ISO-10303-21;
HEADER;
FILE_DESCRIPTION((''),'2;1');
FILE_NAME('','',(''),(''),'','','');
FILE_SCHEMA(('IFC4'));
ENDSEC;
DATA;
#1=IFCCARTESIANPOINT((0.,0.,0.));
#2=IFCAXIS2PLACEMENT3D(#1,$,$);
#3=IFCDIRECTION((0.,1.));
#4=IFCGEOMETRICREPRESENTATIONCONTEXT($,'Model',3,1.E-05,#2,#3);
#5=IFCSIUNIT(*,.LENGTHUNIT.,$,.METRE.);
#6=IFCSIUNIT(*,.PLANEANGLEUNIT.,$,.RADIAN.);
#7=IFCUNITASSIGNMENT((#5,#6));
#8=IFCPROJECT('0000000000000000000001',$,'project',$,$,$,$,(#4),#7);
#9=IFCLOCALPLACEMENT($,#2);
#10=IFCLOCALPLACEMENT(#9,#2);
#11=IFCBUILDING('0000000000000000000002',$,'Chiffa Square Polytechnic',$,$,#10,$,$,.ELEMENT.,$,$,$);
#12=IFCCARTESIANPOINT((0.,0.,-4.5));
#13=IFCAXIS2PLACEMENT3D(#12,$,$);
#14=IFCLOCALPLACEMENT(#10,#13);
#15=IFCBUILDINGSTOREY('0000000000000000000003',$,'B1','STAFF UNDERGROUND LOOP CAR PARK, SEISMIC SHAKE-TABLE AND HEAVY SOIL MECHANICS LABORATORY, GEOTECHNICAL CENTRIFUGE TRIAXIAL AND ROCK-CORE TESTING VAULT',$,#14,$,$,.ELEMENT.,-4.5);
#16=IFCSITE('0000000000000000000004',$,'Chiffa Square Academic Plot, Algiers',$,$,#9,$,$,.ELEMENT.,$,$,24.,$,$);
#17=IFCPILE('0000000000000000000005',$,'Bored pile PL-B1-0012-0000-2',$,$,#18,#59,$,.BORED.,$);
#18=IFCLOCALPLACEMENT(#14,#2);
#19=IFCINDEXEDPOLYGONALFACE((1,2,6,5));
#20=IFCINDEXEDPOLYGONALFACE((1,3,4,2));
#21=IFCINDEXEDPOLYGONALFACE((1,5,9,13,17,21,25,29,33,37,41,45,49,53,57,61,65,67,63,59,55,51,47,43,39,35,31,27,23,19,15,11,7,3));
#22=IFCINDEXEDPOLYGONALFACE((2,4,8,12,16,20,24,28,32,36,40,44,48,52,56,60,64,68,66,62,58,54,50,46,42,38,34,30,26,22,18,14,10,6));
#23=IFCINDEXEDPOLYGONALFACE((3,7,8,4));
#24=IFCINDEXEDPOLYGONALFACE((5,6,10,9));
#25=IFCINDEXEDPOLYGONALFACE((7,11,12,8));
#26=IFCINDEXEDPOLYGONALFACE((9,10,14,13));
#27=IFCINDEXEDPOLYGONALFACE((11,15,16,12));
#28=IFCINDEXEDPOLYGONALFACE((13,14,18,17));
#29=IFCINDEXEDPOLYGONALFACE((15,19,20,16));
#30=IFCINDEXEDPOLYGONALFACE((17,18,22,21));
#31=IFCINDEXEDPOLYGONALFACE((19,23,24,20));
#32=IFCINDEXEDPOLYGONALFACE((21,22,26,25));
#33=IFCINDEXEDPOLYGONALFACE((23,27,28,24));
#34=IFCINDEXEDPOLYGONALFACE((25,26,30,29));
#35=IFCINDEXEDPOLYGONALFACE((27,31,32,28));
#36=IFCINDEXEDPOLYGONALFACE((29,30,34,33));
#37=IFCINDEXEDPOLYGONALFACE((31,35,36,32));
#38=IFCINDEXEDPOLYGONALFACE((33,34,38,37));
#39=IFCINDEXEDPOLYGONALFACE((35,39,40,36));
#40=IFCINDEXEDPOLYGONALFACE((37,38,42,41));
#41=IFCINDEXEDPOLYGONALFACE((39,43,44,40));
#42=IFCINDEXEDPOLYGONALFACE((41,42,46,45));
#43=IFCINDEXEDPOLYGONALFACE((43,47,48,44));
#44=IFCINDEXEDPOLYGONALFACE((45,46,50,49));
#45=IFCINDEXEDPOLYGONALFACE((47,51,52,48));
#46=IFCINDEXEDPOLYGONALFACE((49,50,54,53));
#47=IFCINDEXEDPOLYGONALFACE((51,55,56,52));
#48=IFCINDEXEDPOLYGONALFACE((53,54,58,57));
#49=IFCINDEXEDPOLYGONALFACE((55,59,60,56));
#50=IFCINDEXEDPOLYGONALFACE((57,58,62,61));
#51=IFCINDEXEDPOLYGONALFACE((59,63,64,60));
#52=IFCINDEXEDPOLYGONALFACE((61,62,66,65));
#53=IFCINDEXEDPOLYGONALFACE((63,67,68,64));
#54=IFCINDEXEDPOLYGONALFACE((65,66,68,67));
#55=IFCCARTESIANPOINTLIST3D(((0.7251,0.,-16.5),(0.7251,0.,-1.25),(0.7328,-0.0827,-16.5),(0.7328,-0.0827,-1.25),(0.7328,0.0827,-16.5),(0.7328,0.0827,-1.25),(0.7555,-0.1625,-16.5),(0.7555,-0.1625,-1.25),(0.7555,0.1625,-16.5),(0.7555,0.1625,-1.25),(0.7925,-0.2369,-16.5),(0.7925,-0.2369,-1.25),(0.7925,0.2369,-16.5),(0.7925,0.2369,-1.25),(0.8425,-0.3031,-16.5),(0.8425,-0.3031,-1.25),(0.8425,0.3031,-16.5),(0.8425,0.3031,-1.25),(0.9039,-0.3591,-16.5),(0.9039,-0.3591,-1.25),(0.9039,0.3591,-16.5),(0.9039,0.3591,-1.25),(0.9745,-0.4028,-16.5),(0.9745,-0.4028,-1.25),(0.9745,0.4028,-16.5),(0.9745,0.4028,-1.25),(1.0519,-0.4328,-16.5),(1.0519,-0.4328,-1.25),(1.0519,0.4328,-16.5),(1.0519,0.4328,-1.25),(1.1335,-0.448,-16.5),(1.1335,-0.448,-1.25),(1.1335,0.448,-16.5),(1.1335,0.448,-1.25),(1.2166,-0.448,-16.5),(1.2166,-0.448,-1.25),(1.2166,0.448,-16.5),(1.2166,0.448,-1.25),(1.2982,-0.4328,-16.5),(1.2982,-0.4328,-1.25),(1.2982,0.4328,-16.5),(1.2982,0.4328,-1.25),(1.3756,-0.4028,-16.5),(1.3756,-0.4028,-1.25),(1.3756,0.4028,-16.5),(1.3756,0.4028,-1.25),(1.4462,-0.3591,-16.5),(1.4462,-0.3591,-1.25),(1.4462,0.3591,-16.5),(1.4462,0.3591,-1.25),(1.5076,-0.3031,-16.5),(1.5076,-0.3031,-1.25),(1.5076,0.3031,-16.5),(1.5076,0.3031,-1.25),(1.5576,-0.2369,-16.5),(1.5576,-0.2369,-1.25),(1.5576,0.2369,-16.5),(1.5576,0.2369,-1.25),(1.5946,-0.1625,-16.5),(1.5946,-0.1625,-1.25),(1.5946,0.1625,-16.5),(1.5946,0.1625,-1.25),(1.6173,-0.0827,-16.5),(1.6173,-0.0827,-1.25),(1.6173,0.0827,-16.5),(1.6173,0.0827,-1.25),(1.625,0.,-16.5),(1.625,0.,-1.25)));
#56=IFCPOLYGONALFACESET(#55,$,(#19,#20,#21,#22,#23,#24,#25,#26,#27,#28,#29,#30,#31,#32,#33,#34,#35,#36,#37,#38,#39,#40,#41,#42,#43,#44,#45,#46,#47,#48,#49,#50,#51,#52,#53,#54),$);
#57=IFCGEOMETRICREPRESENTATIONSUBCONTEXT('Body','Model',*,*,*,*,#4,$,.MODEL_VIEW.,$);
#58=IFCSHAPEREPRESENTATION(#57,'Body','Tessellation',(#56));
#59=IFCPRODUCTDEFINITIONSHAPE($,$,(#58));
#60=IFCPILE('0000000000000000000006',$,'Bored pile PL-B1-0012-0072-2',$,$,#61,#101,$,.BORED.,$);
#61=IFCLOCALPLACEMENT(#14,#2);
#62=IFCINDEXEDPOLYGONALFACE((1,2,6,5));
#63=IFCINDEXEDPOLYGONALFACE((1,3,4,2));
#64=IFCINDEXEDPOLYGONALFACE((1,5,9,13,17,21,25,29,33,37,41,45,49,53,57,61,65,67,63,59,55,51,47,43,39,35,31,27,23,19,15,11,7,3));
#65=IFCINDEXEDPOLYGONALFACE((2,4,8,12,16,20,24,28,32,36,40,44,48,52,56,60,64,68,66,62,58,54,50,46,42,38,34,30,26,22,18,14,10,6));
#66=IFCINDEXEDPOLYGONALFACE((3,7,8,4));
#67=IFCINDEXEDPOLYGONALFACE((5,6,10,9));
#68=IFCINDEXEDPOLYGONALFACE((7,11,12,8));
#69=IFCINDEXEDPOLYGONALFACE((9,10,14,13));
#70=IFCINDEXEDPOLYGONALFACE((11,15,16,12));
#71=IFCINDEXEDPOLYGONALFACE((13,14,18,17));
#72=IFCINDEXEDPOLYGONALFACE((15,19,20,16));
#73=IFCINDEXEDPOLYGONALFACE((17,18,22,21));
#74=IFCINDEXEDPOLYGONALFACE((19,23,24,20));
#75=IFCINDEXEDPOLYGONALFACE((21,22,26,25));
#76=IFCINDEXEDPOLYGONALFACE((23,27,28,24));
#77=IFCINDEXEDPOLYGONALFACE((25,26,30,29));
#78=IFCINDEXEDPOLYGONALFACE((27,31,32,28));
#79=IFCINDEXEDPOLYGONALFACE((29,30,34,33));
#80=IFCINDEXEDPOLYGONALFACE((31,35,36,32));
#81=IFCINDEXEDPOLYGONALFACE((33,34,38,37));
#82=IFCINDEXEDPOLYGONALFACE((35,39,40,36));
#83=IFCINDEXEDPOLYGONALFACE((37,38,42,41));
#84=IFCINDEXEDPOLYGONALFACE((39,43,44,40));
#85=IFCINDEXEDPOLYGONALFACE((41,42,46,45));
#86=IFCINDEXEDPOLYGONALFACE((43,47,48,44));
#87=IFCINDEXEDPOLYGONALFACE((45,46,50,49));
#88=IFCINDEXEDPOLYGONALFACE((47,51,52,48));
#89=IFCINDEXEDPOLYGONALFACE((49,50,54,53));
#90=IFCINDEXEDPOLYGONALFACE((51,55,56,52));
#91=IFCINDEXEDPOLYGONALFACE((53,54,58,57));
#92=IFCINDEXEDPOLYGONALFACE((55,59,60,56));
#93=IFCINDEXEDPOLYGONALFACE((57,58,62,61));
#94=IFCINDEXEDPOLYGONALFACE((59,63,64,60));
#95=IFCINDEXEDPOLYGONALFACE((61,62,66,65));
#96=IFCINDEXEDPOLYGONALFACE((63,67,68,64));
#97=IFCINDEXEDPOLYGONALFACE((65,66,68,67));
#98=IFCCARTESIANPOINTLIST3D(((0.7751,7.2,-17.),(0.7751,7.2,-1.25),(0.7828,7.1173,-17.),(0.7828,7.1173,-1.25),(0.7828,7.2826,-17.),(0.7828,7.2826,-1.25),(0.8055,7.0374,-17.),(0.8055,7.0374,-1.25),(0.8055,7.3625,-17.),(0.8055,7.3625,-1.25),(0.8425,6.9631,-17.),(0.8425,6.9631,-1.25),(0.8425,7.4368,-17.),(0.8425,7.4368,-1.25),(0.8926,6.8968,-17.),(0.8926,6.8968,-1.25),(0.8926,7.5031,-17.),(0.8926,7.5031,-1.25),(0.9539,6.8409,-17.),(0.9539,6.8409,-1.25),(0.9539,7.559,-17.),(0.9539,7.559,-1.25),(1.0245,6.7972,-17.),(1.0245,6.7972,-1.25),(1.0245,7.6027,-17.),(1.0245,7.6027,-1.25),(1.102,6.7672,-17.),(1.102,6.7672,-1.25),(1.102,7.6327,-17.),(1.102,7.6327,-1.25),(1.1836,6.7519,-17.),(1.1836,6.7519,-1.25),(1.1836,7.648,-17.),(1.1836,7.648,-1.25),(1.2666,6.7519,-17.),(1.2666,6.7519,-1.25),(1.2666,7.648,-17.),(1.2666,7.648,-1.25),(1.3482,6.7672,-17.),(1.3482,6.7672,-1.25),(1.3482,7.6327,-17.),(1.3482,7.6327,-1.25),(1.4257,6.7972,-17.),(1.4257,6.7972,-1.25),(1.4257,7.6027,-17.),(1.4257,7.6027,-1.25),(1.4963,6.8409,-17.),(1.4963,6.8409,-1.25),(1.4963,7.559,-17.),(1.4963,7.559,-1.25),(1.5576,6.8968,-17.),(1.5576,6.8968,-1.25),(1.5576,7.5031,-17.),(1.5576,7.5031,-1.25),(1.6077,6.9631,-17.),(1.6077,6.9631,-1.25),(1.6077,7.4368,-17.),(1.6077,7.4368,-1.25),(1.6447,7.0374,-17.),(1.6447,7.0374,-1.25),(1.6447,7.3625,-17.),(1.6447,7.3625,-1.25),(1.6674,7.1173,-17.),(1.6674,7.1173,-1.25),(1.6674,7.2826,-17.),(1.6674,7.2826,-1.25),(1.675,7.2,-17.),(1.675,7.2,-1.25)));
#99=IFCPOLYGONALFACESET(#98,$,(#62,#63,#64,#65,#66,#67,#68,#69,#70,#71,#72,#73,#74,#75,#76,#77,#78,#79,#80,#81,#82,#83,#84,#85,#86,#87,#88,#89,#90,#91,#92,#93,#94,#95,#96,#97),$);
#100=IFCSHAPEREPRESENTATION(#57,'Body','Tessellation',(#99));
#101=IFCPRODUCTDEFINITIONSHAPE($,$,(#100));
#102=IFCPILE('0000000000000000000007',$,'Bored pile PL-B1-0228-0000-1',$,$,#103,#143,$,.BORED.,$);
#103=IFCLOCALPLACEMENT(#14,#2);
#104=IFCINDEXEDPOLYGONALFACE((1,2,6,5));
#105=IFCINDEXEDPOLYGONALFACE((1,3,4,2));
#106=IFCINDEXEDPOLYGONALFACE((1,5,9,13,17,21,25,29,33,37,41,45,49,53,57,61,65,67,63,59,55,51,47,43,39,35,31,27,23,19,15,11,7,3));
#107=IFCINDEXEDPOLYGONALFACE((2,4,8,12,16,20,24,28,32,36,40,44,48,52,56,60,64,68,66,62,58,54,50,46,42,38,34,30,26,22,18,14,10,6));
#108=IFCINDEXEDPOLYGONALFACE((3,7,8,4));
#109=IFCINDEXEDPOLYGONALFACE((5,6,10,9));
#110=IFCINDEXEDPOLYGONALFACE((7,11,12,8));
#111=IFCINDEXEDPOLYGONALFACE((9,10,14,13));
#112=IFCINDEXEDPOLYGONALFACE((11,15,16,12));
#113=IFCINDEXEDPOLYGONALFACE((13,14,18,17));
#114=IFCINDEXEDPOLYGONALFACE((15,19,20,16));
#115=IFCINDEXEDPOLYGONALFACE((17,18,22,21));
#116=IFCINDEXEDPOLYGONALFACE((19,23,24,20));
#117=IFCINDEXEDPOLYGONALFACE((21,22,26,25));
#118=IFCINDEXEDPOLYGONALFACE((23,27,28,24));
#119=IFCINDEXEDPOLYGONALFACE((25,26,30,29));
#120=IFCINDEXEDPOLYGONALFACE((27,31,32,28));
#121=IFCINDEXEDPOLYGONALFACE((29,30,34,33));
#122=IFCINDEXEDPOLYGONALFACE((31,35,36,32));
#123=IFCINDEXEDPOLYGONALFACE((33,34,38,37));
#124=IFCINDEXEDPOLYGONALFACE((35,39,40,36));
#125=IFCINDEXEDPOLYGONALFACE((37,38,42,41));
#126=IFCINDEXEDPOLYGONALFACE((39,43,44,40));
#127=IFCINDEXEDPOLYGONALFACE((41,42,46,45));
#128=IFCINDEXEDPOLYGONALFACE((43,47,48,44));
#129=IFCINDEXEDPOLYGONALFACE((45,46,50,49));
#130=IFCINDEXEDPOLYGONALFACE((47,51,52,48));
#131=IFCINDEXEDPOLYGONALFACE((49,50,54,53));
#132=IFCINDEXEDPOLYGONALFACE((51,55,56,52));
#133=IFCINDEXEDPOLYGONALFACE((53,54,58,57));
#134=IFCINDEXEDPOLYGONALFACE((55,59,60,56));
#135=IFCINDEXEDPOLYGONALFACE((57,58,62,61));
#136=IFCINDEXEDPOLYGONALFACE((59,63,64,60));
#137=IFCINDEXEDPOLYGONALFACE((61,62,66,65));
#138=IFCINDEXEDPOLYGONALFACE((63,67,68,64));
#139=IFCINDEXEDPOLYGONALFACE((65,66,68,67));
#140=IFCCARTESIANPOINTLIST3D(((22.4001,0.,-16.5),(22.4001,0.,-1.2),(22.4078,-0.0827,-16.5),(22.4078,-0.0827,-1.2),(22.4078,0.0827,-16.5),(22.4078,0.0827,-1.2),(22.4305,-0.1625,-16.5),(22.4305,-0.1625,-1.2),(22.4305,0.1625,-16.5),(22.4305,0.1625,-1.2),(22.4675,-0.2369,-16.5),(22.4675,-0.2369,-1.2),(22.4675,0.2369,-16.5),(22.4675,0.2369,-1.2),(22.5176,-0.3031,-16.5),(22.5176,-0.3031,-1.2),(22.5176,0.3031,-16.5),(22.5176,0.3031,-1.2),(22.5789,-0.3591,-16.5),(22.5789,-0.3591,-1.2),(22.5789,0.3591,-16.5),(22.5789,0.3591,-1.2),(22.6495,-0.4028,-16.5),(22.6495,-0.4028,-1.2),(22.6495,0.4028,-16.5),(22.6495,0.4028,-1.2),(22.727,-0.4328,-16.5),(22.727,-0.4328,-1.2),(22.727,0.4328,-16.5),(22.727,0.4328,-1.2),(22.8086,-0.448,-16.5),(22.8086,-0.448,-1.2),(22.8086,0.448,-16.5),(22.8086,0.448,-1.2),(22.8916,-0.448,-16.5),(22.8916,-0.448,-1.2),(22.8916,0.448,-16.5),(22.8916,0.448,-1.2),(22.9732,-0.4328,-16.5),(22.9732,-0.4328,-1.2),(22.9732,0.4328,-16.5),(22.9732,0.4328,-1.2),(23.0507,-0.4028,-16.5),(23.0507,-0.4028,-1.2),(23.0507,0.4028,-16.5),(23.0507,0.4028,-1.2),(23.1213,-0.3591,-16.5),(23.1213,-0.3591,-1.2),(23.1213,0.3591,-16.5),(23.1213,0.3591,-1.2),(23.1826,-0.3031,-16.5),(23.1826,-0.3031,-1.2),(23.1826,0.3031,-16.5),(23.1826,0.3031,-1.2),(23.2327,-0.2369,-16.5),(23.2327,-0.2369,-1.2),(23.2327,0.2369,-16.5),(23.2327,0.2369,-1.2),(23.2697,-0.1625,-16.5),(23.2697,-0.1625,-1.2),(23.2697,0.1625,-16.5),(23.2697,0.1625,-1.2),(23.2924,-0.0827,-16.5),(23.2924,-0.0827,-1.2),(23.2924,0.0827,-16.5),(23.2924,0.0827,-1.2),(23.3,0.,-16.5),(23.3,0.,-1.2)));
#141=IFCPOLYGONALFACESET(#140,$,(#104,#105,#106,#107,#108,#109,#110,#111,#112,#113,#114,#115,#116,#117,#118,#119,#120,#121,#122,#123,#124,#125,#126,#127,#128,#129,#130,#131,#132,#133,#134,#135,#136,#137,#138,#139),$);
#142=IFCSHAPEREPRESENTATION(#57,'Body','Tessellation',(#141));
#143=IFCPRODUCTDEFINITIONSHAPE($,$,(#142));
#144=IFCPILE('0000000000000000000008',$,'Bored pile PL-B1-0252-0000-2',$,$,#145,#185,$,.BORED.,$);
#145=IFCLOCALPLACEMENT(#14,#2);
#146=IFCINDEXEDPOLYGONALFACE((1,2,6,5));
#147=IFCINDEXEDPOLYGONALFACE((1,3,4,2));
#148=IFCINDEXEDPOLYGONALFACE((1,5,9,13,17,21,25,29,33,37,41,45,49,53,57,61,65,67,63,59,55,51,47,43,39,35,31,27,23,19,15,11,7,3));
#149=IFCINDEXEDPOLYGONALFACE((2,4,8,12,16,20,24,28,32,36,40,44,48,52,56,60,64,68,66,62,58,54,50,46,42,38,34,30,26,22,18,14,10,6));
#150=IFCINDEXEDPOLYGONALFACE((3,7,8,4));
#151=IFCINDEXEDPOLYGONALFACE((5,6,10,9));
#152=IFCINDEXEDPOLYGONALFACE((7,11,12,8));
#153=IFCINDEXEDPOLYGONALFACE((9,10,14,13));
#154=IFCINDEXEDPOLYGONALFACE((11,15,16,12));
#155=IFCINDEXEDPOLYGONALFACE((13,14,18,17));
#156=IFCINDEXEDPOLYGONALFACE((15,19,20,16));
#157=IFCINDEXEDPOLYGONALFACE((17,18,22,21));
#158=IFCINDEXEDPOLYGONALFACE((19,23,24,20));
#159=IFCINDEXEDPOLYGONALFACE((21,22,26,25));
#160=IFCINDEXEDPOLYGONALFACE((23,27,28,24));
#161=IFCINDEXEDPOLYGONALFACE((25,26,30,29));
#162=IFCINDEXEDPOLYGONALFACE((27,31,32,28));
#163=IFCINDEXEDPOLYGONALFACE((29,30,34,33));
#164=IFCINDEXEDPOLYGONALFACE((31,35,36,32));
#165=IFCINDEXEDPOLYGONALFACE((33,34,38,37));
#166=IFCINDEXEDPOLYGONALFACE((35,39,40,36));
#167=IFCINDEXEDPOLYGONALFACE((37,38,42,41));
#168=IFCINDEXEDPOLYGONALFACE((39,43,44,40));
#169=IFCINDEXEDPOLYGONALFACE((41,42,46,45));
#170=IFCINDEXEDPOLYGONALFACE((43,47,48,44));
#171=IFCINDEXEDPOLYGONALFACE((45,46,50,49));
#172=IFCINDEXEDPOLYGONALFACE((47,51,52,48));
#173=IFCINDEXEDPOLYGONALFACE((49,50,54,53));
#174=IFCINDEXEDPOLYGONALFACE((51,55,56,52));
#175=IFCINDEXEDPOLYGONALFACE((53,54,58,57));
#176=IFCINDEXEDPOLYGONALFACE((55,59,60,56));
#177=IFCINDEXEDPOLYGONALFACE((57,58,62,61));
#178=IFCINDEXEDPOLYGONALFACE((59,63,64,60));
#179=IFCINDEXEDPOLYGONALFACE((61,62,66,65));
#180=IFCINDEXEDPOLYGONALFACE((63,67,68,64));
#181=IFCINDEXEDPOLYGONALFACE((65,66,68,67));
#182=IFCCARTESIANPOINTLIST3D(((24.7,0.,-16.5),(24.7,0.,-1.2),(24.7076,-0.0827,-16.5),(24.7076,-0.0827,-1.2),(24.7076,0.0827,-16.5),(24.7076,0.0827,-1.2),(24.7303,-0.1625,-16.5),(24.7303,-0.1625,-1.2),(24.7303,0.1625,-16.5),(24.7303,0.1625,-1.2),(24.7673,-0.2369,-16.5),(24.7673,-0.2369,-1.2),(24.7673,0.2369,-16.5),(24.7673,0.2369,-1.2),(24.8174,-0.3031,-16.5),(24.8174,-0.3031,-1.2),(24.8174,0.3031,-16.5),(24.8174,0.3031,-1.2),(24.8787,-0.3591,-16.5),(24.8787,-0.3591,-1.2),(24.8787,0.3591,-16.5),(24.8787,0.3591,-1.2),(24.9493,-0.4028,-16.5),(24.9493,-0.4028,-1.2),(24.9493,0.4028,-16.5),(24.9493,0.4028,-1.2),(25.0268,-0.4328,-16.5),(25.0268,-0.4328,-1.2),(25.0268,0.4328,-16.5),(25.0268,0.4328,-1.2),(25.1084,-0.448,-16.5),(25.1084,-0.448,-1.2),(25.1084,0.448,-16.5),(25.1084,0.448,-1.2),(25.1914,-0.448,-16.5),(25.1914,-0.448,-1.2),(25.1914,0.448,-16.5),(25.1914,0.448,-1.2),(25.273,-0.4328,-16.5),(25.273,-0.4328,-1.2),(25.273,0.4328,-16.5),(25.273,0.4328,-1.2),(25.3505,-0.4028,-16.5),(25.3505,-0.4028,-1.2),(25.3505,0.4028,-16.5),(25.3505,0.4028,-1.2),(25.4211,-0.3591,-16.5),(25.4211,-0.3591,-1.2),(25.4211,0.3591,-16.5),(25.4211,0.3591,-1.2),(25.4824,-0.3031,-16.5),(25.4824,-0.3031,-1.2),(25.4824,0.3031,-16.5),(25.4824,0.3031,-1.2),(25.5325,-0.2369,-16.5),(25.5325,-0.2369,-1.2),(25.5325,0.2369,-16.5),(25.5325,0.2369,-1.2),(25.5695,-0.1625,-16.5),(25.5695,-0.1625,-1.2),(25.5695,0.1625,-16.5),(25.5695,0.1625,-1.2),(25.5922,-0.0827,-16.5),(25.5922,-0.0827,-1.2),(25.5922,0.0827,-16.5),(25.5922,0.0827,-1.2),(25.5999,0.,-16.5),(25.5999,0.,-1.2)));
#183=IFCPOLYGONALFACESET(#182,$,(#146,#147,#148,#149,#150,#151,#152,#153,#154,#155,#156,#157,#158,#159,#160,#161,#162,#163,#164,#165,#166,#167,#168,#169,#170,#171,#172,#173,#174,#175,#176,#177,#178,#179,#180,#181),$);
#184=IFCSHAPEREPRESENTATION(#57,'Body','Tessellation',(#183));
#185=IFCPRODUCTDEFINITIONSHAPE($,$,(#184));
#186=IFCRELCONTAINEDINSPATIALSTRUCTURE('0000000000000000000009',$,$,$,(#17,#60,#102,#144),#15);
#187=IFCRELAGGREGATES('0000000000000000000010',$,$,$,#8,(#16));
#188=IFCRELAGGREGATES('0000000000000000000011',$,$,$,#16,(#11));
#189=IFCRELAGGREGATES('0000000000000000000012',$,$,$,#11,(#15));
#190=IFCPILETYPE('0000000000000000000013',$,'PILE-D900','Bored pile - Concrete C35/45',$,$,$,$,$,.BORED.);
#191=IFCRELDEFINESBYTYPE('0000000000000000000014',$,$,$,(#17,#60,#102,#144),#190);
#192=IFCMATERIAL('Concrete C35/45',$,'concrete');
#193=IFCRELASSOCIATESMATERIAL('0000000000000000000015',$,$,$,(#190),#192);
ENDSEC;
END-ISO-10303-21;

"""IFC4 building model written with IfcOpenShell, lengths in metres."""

from ifc_helpers import new_model, si_unit, direction, frame, origin, origin_2d, place, context, subcontext, project, spatial, circle, extrude, material, material_profile, profile_set, type_object, element, save


model = new_model("IFC4")

# Units and contexts
model_context = context("Model", 3, precision=1e-05, world=origin(), true_north=direction((0.0, 1.0)))
body_context = subcontext(model_context, "Body", "Model", "MODEL_VIEW")
ifc_project = project(units=[si_unit("LENGTHUNIT", "METRE"), si_unit("PLANEANGLEUNIT", "RADIAN")], contexts=[model_context])

# Site, building, storey
site_placement = place(None, origin())
site = spatial("IfcSite", under=ifc_project, at=site_placement, Name="Chiffa Square Academic Plot, Algiers", CompositionType="ELEMENT", RefElevation=24.0)
building_placement = place(site_placement, origin())
building = spatial("IfcBuilding", under=site, at=building_placement, Name="Chiffa Square Polytechnic", CompositionType="ELEMENT")
storey_placement = place(building_placement, frame((0.0, 0.0, -4.5)))
storey = spatial("IfcBuildingStorey", under=building, at=storey_placement, Name="B1", Description="STAFF UNDERGROUND LOOP CAR PARK, SEISMIC SHAKE-TABLE AND HEAVY SOIL MECHANICS LABORATORY, GEOTECHNICAL CENTRIFUGE TRIAXIAL AND ROCK-CORE TESTING VAULT", CompositionType="ELEMENT", Elevation=-4.5)

# Shared definitions
ifc_material = material(Name="Concrete C35/45", Category="concrete")

# Piles
ifc_material_profile_1 = material_profile(ifc_material, circle(Radius=0.45, at=origin_2d()), Name="PILE D900")
ifc_profile_set_1 = profile_set([ifc_material_profile_1], Name="Concrete C35/45")
pile_type_1 = type_object("IfcPileType", Name="PILE-D900", Description="Bored pile - Concrete C35/45", PredefinedType="BORED", material=ifc_profile_set_1)
pile_1_placement = place(storey_placement, frame((1.175, 0.0, -1.25), z_axis=(0.0, 0.0, -1.0), x_axis=(1.0, 0.0, 0.0)))
element("IfcPile", 1, at=pile_1_placement, inside=storey, type_object=pile_type_1, Name="Bored pile PL-B1-0012-0000-2", PredefinedType="BORED", context=body_context, shape_type="SweptSolid", body=[
    extrude(circle(Radius=0.45, at=origin_2d()), origin(), (0.0, 0.0, 1.0), 15.25),
])
pile_2_placement = place(storey_placement, frame((1.2251, 7.2, -1.25), z_axis=(0.0, 0.0, -1.0), x_axis=(1.0, 0.0, 0.0)))
element("IfcPile", 2, at=pile_2_placement, inside=storey, type_object=pile_type_1, Name="Bored pile PL-B1-0012-0072-2", PredefinedType="BORED", context=body_context, shape_type="SweptSolid", body=[
    extrude(circle(Radius=0.45, at=origin_2d()), origin(), (0.0, 0.0, 1.0), 15.75),
])
for number, where, z_axis, x_axis, name in (
    (3, (22.8501, 0.0, -1.2), (0.0, 0.0, -1.0), (1.0, 0.0, 0.0), "Bored pile PL-B1-0228-0000-1"),
    (4, (25.1499, 0.0, -1.2), (0.0, 0.0, -1.0), (1.0, 0.0, 0.0), "Bored pile PL-B1-0252-0000-2"),
):
    element("IfcPile", number, at=place(storey_placement, frame(where, z_axis=z_axis, x_axis=x_axis)), inside=storey, type_object=pile_type_1, Name=name, PredefinedType="BORED", context=body_context, shape_type="SweptSolid", body=[
        extrude(circle(Radius=0.45, at=origin_2d()), origin(), (0.0, 0.0, 1.0), 15.3),
    ])

save(model, "model.ifc")
